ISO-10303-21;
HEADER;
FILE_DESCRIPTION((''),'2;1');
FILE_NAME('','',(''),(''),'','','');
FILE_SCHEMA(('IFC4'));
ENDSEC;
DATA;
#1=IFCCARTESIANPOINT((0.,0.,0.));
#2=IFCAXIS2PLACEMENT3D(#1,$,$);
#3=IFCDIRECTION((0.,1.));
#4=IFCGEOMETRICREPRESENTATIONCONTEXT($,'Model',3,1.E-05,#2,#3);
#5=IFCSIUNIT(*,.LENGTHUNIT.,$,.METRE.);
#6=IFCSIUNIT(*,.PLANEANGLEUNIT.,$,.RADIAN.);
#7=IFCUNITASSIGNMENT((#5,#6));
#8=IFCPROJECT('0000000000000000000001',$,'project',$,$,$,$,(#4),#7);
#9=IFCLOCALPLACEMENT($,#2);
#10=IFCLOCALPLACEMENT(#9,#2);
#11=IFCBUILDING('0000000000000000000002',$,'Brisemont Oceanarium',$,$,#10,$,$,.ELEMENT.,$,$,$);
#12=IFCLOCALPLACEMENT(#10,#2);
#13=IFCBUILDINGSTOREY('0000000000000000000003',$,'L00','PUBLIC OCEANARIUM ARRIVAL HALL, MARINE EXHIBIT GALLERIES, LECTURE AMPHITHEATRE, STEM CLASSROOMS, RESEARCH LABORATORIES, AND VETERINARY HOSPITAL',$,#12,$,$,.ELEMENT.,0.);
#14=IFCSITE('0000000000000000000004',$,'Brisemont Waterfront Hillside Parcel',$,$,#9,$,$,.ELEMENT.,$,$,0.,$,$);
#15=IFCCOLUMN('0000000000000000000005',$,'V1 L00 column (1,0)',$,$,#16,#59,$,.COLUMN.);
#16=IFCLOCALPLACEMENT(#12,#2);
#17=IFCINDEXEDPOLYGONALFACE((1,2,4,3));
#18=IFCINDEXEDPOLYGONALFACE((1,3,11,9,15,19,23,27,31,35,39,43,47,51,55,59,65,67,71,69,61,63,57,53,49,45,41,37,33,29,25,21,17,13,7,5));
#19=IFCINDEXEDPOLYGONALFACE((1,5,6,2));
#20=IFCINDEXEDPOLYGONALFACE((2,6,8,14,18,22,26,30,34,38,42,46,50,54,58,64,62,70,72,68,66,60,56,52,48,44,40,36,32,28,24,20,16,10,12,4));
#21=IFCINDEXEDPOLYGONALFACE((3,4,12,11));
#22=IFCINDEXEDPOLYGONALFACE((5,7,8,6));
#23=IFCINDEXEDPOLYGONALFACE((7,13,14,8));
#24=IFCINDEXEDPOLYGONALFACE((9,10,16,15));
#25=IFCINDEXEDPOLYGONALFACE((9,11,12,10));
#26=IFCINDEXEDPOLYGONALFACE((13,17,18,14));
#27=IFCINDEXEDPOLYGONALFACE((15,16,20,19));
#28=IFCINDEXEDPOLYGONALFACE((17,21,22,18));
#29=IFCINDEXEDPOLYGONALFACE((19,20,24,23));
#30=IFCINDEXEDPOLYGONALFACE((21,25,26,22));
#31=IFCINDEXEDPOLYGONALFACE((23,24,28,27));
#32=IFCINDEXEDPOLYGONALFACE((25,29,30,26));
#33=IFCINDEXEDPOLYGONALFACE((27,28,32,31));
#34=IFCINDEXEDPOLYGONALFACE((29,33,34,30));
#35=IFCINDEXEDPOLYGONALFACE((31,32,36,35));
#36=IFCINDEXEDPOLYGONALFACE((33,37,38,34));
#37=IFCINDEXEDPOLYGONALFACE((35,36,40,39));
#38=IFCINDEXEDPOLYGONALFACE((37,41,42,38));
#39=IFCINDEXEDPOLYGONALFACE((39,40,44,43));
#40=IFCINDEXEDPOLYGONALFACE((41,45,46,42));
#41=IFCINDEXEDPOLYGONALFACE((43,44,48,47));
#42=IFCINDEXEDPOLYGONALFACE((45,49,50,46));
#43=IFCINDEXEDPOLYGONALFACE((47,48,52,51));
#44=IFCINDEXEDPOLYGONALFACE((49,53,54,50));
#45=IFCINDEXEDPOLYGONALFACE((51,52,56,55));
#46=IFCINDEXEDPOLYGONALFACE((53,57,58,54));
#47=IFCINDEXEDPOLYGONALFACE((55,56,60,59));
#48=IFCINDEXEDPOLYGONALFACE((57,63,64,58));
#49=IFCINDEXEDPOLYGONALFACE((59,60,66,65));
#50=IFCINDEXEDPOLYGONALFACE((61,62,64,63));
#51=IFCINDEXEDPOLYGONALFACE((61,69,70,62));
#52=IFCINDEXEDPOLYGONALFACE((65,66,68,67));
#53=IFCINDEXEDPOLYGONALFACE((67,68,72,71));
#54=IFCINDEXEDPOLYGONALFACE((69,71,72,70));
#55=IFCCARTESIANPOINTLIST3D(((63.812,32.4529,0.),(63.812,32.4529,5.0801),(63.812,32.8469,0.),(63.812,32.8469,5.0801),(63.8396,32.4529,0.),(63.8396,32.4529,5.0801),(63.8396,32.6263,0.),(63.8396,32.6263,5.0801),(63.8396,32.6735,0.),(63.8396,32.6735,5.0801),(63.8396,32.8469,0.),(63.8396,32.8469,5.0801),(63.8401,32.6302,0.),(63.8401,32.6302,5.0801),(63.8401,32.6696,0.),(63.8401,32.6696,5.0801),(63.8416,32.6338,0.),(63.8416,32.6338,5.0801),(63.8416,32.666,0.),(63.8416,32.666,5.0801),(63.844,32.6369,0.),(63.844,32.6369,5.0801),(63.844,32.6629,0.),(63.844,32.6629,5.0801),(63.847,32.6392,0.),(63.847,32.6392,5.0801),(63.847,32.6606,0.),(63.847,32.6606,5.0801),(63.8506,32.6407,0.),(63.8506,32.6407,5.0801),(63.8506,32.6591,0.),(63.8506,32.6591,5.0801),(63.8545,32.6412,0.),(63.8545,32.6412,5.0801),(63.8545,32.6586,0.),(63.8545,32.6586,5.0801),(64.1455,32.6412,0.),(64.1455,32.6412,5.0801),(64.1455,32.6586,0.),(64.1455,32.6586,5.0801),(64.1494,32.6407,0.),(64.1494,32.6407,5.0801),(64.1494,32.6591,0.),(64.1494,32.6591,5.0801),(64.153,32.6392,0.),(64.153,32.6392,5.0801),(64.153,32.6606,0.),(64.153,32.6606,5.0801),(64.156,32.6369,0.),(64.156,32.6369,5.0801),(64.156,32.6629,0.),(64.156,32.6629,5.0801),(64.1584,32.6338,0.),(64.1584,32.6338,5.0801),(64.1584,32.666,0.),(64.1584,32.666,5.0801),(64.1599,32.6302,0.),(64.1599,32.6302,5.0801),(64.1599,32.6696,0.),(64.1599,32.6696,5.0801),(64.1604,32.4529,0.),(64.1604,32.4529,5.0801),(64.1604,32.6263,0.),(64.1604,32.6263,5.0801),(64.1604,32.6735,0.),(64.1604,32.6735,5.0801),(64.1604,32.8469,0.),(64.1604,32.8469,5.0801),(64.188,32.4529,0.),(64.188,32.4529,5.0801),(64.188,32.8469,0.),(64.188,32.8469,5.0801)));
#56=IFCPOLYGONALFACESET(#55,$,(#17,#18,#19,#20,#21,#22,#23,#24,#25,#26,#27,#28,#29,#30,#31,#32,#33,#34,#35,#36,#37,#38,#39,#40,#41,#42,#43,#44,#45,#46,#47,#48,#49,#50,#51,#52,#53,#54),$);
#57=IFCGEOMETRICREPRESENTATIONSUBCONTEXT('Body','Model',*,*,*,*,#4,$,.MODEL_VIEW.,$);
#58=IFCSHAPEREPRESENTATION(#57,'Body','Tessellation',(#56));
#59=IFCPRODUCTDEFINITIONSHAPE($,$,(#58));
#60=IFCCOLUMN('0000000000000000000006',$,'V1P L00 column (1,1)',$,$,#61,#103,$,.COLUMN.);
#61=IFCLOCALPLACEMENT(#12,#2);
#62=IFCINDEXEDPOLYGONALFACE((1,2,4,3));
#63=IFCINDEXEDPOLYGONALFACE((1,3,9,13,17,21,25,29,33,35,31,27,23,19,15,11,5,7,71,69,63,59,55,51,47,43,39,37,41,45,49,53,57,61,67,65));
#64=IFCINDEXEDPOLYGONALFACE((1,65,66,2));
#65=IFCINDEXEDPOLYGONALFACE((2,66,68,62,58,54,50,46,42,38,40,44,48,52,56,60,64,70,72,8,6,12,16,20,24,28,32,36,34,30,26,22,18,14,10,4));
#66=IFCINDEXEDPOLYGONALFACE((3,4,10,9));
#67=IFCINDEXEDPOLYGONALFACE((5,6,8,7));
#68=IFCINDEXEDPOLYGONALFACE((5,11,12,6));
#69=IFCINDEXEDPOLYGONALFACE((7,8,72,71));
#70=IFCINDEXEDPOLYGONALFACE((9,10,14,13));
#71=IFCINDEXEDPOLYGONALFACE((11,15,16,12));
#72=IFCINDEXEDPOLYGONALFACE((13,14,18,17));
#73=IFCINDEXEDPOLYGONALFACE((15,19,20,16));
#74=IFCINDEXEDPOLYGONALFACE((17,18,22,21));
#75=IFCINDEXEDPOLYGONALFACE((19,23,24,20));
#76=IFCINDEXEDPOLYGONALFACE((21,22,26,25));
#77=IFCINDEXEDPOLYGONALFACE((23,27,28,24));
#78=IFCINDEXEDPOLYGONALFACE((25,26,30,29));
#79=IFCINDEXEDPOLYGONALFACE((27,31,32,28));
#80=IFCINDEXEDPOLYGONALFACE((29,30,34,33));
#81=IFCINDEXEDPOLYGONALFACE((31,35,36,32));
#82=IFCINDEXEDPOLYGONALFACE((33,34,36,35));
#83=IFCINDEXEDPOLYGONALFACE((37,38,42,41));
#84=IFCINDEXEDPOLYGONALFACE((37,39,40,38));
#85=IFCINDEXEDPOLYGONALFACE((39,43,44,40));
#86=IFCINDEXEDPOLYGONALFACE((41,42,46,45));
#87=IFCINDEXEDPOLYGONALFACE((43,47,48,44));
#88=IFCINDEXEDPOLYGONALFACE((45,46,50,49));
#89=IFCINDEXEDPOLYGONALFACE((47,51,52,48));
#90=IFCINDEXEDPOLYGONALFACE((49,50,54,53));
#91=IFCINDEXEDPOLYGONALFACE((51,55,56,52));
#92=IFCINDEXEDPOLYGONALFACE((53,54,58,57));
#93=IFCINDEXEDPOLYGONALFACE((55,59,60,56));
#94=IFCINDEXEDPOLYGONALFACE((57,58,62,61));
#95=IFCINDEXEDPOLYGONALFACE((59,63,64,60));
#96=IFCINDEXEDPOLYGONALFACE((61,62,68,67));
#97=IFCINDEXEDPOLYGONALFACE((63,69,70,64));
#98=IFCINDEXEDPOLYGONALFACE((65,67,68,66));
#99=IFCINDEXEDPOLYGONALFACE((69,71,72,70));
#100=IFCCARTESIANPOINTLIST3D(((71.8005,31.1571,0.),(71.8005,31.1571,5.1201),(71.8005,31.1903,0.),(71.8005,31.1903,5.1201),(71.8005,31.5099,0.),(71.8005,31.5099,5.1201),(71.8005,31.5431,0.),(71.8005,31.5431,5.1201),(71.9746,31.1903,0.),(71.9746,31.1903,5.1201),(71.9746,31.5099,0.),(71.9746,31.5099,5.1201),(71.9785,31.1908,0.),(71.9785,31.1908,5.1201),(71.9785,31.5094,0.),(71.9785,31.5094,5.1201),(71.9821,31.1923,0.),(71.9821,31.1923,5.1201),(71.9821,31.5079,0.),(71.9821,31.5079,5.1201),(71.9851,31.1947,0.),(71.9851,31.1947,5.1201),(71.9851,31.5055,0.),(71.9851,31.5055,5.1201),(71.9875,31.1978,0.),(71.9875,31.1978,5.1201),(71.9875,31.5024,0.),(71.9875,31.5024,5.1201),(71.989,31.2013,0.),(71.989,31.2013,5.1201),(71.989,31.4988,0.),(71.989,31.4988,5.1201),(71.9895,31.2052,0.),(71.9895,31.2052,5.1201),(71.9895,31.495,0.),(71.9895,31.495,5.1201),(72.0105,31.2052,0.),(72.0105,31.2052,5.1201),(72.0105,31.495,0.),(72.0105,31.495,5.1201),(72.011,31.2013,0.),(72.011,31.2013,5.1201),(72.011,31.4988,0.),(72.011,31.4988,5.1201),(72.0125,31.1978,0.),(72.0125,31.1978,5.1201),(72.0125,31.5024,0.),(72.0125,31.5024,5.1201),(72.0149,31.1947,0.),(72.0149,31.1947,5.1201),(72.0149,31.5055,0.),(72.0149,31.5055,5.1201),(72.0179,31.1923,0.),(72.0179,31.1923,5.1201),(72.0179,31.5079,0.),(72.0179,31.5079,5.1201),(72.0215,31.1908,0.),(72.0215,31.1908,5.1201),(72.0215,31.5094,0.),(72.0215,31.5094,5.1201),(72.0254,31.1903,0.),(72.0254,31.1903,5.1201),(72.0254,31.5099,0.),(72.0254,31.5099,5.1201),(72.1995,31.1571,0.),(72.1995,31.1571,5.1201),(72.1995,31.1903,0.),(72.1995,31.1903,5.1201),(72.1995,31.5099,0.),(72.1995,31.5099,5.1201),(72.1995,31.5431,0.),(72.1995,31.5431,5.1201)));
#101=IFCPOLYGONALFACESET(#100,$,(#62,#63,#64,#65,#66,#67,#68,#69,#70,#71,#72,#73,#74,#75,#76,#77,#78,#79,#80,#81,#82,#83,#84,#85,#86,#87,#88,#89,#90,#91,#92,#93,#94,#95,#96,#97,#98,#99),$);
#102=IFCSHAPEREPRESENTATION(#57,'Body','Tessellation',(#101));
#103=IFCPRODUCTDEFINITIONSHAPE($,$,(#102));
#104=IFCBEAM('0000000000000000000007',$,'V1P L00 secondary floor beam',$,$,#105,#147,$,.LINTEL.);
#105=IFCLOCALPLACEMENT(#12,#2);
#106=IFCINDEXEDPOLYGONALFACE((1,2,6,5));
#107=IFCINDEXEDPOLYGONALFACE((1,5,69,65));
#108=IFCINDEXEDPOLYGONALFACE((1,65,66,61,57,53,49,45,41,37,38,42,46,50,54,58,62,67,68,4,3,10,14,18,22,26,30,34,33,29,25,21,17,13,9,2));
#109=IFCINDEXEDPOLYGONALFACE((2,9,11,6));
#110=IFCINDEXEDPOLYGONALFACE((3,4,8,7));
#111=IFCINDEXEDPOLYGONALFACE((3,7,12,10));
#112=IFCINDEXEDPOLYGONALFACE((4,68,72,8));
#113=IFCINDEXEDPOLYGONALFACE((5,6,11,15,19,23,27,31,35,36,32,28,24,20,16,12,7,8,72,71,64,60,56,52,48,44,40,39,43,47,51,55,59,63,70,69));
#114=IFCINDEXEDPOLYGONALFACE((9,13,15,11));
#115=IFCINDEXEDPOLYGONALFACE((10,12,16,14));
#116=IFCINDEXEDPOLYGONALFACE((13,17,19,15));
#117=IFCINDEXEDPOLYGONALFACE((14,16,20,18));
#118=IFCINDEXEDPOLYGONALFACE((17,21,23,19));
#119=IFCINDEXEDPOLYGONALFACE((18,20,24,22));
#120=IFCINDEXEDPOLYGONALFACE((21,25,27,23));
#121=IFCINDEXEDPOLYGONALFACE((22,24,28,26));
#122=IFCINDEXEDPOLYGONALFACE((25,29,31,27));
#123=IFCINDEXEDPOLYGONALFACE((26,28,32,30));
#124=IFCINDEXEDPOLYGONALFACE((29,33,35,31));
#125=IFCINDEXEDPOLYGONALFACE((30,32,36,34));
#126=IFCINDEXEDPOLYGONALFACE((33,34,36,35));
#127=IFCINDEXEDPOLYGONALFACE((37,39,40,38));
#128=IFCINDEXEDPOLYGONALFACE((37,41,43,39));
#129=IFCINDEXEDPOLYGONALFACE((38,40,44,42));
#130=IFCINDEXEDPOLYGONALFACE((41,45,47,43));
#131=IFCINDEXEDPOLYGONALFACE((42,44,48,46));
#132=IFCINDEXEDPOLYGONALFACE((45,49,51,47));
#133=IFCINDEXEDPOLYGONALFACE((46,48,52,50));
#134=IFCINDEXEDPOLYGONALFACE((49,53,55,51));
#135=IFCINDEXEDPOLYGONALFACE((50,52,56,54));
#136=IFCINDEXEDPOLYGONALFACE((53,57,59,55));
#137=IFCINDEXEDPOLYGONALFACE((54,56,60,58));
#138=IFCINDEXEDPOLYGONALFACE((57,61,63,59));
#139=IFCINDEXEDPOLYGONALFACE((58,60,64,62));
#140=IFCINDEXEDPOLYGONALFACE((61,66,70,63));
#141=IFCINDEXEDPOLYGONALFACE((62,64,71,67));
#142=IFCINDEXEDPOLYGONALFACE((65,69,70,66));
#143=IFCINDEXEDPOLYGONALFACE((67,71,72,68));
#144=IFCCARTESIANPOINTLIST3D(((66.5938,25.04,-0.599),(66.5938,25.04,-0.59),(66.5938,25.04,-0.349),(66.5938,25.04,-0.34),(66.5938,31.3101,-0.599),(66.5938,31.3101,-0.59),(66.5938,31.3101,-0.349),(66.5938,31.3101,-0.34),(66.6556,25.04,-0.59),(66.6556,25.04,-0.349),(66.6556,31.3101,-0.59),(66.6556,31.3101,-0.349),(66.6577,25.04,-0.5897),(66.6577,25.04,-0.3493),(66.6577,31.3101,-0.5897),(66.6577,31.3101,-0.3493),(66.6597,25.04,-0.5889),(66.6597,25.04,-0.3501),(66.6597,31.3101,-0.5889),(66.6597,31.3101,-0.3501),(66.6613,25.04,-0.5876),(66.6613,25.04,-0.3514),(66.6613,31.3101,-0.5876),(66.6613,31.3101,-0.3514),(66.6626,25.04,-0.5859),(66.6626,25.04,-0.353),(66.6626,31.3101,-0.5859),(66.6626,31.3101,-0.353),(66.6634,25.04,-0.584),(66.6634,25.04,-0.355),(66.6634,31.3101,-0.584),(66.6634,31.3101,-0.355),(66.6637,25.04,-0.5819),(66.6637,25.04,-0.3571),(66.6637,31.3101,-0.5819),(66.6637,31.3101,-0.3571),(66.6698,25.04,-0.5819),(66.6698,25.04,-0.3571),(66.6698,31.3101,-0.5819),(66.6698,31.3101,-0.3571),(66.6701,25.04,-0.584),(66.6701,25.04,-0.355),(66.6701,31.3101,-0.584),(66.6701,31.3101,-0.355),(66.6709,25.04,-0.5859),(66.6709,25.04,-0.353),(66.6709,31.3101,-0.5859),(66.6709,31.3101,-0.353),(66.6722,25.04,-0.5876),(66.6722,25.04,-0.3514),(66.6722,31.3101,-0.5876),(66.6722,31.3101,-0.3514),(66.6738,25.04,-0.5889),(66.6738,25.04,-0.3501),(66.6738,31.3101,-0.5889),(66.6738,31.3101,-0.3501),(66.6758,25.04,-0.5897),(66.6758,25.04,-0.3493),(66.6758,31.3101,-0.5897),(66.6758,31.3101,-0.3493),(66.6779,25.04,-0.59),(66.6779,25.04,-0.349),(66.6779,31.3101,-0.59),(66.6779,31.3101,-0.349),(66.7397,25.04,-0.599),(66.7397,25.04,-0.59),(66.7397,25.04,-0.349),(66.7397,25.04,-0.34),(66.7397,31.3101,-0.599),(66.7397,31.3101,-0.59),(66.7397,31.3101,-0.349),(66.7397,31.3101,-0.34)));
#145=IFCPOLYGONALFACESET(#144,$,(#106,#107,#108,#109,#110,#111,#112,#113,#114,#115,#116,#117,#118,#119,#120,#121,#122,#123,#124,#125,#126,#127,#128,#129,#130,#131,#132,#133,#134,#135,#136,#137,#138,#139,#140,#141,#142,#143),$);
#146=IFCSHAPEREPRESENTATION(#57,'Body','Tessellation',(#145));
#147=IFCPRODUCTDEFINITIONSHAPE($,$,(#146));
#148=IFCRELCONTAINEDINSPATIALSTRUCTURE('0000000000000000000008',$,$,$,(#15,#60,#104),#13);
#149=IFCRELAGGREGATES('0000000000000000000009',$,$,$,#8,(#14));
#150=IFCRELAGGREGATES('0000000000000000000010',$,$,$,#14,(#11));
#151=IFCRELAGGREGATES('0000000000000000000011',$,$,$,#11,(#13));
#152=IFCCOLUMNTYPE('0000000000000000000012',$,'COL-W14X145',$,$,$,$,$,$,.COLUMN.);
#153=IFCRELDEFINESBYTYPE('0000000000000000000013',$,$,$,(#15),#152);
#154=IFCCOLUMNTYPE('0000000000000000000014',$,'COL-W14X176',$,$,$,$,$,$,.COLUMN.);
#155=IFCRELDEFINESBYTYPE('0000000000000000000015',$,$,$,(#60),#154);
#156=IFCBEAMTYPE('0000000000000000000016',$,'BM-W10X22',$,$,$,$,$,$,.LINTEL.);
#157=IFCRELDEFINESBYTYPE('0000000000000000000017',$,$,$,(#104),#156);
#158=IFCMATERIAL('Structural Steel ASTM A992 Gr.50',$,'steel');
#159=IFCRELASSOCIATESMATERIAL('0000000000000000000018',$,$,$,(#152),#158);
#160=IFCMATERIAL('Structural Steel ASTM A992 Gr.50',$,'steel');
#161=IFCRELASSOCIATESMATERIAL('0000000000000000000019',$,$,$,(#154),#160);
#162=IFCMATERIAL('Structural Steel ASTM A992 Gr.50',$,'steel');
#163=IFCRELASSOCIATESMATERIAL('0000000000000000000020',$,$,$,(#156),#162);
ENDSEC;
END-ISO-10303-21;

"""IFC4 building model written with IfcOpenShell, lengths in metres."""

from ifc_helpers import new_model, si_unit, direction, frame, origin, origin_2d, place, context, subcontext, project, spatial, i_section, extrude, material, material_profile, profile_set, type_object, element, save


model = new_model("IFC4")

# Units and contexts
model_context = context("Model", 3, precision=1e-05, world=origin(), true_north=direction((0.0, 1.0)))
body_context = subcontext(model_context, "Body", "Model", "MODEL_VIEW")
ifc_project = project(units=[si_unit("LENGTHUNIT", "METRE"), si_unit("PLANEANGLEUNIT", "RADIAN")], contexts=[model_context])

# Site, building, storey
site_placement = place(None, origin())
site = spatial("IfcSite", under=ifc_project, at=site_placement, Name="Brisemont Waterfront Hillside Parcel", CompositionType="ELEMENT", RefElevation=0.0)
building_placement = place(site_placement, origin())
building = spatial("IfcBuilding", under=site, at=building_placement, Name="Brisemont Oceanarium", CompositionType="ELEMENT")
storey_placement = place(building_placement, origin())
storey = spatial("IfcBuildingStorey", under=building, at=storey_placement, Name="L00", Description="PUBLIC OCEANARIUM ARRIVAL HALL, MARINE EXHIBIT GALLERIES, LECTURE AMPHITHEATRE, STEM CLASSROOMS, RESEARCH LABORATORIES, AND VETERINARY HOSPITAL", CompositionType="ELEMENT", Elevation=0.0)

# Columns
ifc_material_1 = material(Name="Structural Steel ASTM A992 Gr.50", Category="steel")
ifc_material_profile_1 = material_profile(ifc_material_1, i_section(OverallWidth=0.394, OverallDepth=0.376, WebThickness=0.0173, FlangeThickness=0.0276, FilletRadius=0.0149, at=origin_2d()), Name="W14X145")
ifc_profile_set_1 = profile_set([ifc_material_profile_1], Name="Structural Steel ASTM A992 Gr.50")
column_type_1 = type_object("IfcColumnType", Name="COL-W14X145", PredefinedType="COLUMN", material=ifc_profile_set_1)
column_1_placement = place(storey_placement, frame((64.0, 32.6499, 0.0), z_axis=(0.0, 0.0, 1.0), x_axis=(0.0, 1.0, 0.0)))
element("IfcColumn", 1, at=column_1_placement, inside=storey, type_object=column_type_1, Name="V1 L00 column (1,0)", PredefinedType="COLUMN", context=body_context, shape_type="SweptSolid", body=[
    extrude(i_section(OverallWidth=0.394, OverallDepth=0.376, WebThickness=0.0173, FlangeThickness=0.0276, FilletRadius=0.0149, at=origin_2d()), origin(), (0.0, 0.0, 1.0), 5.0801),
])
ifc_material_2 = material(Name="Structural Steel ASTM A992 Gr.50", Category="steel")
ifc_material_profile_2 = material_profile(ifc_material_2, i_section(OverallWidth=0.3989, OverallDepth=0.386, WebThickness=0.021, FlangeThickness=0.0332, FilletRadius=0.0149, at=origin_2d()), Name="W14X176")
ifc_profile_set_2 = profile_set([ifc_material_profile_2], Name="Structural Steel ASTM A992 Gr.50")
column_type_2 = type_object("IfcColumnType", Name="COL-W14X176", PredefinedType="COLUMN", material=ifc_profile_set_2)
column_2_placement = place(storey_placement, frame((72.0, 31.3501, 0.0), z_axis=(0.0, 0.0, 1.0), x_axis=(1.0, 0.0, 0.0)))
element("IfcColumn", 2, at=column_2_placement, inside=storey, type_object=column_type_2, Name="V1P L00 column (1,1)", PredefinedType="COLUMN", context=body_context, shape_type="SweptSolid", body=[
    extrude(i_section(OverallWidth=0.3989, OverallDepth=0.386, WebThickness=0.021, FlangeThickness=0.0332, FilletRadius=0.0149, at=origin_2d()), origin(), (0.0, 0.0, 1.0), 5.1201),
])

# Beam
ifc_material_3 = material(Name="Structural Steel ASTM A992 Gr.50", Category="steel")
ifc_material_profile_3 = material_profile(ifc_material_3, i_section(OverallWidth=0.146, OverallDepth=0.259, WebThickness=0.0061, FlangeThickness=0.009, FilletRadius=0.0081, at=origin_2d()), Name="W10X22")
ifc_profile_set_3 = profile_set([ifc_material_profile_3], Name="Structural Steel ASTM A992 Gr.50")
beam_type_1 = type_object("IfcBeamType", Name="BM-W10X22", PredefinedType="LINTEL", material=ifc_profile_set_3)
beam_1_placement = place(storey_placement, frame((66.6667, 25.04, -0.4695), z_axis=(0.0, 1.0, 0.0), x_axis=(-1.0, 0.0, 0.0)))
element("IfcBeam", 3, at=beam_1_placement, inside=storey, type_object=beam_type_1, Name="V1P L00 secondary floor beam", PredefinedType="LINTEL", context=body_context, shape_type="SweptSolid", body=[
    extrude(i_section(OverallWidth=0.146, OverallDepth=0.259, WebThickness=0.0061, FlangeThickness=0.009, FilletRadius=0.0081, at=origin_2d()), origin(), (0.0, 0.0, 1.0), 6.27),
])

save(model, "model.ifc")
